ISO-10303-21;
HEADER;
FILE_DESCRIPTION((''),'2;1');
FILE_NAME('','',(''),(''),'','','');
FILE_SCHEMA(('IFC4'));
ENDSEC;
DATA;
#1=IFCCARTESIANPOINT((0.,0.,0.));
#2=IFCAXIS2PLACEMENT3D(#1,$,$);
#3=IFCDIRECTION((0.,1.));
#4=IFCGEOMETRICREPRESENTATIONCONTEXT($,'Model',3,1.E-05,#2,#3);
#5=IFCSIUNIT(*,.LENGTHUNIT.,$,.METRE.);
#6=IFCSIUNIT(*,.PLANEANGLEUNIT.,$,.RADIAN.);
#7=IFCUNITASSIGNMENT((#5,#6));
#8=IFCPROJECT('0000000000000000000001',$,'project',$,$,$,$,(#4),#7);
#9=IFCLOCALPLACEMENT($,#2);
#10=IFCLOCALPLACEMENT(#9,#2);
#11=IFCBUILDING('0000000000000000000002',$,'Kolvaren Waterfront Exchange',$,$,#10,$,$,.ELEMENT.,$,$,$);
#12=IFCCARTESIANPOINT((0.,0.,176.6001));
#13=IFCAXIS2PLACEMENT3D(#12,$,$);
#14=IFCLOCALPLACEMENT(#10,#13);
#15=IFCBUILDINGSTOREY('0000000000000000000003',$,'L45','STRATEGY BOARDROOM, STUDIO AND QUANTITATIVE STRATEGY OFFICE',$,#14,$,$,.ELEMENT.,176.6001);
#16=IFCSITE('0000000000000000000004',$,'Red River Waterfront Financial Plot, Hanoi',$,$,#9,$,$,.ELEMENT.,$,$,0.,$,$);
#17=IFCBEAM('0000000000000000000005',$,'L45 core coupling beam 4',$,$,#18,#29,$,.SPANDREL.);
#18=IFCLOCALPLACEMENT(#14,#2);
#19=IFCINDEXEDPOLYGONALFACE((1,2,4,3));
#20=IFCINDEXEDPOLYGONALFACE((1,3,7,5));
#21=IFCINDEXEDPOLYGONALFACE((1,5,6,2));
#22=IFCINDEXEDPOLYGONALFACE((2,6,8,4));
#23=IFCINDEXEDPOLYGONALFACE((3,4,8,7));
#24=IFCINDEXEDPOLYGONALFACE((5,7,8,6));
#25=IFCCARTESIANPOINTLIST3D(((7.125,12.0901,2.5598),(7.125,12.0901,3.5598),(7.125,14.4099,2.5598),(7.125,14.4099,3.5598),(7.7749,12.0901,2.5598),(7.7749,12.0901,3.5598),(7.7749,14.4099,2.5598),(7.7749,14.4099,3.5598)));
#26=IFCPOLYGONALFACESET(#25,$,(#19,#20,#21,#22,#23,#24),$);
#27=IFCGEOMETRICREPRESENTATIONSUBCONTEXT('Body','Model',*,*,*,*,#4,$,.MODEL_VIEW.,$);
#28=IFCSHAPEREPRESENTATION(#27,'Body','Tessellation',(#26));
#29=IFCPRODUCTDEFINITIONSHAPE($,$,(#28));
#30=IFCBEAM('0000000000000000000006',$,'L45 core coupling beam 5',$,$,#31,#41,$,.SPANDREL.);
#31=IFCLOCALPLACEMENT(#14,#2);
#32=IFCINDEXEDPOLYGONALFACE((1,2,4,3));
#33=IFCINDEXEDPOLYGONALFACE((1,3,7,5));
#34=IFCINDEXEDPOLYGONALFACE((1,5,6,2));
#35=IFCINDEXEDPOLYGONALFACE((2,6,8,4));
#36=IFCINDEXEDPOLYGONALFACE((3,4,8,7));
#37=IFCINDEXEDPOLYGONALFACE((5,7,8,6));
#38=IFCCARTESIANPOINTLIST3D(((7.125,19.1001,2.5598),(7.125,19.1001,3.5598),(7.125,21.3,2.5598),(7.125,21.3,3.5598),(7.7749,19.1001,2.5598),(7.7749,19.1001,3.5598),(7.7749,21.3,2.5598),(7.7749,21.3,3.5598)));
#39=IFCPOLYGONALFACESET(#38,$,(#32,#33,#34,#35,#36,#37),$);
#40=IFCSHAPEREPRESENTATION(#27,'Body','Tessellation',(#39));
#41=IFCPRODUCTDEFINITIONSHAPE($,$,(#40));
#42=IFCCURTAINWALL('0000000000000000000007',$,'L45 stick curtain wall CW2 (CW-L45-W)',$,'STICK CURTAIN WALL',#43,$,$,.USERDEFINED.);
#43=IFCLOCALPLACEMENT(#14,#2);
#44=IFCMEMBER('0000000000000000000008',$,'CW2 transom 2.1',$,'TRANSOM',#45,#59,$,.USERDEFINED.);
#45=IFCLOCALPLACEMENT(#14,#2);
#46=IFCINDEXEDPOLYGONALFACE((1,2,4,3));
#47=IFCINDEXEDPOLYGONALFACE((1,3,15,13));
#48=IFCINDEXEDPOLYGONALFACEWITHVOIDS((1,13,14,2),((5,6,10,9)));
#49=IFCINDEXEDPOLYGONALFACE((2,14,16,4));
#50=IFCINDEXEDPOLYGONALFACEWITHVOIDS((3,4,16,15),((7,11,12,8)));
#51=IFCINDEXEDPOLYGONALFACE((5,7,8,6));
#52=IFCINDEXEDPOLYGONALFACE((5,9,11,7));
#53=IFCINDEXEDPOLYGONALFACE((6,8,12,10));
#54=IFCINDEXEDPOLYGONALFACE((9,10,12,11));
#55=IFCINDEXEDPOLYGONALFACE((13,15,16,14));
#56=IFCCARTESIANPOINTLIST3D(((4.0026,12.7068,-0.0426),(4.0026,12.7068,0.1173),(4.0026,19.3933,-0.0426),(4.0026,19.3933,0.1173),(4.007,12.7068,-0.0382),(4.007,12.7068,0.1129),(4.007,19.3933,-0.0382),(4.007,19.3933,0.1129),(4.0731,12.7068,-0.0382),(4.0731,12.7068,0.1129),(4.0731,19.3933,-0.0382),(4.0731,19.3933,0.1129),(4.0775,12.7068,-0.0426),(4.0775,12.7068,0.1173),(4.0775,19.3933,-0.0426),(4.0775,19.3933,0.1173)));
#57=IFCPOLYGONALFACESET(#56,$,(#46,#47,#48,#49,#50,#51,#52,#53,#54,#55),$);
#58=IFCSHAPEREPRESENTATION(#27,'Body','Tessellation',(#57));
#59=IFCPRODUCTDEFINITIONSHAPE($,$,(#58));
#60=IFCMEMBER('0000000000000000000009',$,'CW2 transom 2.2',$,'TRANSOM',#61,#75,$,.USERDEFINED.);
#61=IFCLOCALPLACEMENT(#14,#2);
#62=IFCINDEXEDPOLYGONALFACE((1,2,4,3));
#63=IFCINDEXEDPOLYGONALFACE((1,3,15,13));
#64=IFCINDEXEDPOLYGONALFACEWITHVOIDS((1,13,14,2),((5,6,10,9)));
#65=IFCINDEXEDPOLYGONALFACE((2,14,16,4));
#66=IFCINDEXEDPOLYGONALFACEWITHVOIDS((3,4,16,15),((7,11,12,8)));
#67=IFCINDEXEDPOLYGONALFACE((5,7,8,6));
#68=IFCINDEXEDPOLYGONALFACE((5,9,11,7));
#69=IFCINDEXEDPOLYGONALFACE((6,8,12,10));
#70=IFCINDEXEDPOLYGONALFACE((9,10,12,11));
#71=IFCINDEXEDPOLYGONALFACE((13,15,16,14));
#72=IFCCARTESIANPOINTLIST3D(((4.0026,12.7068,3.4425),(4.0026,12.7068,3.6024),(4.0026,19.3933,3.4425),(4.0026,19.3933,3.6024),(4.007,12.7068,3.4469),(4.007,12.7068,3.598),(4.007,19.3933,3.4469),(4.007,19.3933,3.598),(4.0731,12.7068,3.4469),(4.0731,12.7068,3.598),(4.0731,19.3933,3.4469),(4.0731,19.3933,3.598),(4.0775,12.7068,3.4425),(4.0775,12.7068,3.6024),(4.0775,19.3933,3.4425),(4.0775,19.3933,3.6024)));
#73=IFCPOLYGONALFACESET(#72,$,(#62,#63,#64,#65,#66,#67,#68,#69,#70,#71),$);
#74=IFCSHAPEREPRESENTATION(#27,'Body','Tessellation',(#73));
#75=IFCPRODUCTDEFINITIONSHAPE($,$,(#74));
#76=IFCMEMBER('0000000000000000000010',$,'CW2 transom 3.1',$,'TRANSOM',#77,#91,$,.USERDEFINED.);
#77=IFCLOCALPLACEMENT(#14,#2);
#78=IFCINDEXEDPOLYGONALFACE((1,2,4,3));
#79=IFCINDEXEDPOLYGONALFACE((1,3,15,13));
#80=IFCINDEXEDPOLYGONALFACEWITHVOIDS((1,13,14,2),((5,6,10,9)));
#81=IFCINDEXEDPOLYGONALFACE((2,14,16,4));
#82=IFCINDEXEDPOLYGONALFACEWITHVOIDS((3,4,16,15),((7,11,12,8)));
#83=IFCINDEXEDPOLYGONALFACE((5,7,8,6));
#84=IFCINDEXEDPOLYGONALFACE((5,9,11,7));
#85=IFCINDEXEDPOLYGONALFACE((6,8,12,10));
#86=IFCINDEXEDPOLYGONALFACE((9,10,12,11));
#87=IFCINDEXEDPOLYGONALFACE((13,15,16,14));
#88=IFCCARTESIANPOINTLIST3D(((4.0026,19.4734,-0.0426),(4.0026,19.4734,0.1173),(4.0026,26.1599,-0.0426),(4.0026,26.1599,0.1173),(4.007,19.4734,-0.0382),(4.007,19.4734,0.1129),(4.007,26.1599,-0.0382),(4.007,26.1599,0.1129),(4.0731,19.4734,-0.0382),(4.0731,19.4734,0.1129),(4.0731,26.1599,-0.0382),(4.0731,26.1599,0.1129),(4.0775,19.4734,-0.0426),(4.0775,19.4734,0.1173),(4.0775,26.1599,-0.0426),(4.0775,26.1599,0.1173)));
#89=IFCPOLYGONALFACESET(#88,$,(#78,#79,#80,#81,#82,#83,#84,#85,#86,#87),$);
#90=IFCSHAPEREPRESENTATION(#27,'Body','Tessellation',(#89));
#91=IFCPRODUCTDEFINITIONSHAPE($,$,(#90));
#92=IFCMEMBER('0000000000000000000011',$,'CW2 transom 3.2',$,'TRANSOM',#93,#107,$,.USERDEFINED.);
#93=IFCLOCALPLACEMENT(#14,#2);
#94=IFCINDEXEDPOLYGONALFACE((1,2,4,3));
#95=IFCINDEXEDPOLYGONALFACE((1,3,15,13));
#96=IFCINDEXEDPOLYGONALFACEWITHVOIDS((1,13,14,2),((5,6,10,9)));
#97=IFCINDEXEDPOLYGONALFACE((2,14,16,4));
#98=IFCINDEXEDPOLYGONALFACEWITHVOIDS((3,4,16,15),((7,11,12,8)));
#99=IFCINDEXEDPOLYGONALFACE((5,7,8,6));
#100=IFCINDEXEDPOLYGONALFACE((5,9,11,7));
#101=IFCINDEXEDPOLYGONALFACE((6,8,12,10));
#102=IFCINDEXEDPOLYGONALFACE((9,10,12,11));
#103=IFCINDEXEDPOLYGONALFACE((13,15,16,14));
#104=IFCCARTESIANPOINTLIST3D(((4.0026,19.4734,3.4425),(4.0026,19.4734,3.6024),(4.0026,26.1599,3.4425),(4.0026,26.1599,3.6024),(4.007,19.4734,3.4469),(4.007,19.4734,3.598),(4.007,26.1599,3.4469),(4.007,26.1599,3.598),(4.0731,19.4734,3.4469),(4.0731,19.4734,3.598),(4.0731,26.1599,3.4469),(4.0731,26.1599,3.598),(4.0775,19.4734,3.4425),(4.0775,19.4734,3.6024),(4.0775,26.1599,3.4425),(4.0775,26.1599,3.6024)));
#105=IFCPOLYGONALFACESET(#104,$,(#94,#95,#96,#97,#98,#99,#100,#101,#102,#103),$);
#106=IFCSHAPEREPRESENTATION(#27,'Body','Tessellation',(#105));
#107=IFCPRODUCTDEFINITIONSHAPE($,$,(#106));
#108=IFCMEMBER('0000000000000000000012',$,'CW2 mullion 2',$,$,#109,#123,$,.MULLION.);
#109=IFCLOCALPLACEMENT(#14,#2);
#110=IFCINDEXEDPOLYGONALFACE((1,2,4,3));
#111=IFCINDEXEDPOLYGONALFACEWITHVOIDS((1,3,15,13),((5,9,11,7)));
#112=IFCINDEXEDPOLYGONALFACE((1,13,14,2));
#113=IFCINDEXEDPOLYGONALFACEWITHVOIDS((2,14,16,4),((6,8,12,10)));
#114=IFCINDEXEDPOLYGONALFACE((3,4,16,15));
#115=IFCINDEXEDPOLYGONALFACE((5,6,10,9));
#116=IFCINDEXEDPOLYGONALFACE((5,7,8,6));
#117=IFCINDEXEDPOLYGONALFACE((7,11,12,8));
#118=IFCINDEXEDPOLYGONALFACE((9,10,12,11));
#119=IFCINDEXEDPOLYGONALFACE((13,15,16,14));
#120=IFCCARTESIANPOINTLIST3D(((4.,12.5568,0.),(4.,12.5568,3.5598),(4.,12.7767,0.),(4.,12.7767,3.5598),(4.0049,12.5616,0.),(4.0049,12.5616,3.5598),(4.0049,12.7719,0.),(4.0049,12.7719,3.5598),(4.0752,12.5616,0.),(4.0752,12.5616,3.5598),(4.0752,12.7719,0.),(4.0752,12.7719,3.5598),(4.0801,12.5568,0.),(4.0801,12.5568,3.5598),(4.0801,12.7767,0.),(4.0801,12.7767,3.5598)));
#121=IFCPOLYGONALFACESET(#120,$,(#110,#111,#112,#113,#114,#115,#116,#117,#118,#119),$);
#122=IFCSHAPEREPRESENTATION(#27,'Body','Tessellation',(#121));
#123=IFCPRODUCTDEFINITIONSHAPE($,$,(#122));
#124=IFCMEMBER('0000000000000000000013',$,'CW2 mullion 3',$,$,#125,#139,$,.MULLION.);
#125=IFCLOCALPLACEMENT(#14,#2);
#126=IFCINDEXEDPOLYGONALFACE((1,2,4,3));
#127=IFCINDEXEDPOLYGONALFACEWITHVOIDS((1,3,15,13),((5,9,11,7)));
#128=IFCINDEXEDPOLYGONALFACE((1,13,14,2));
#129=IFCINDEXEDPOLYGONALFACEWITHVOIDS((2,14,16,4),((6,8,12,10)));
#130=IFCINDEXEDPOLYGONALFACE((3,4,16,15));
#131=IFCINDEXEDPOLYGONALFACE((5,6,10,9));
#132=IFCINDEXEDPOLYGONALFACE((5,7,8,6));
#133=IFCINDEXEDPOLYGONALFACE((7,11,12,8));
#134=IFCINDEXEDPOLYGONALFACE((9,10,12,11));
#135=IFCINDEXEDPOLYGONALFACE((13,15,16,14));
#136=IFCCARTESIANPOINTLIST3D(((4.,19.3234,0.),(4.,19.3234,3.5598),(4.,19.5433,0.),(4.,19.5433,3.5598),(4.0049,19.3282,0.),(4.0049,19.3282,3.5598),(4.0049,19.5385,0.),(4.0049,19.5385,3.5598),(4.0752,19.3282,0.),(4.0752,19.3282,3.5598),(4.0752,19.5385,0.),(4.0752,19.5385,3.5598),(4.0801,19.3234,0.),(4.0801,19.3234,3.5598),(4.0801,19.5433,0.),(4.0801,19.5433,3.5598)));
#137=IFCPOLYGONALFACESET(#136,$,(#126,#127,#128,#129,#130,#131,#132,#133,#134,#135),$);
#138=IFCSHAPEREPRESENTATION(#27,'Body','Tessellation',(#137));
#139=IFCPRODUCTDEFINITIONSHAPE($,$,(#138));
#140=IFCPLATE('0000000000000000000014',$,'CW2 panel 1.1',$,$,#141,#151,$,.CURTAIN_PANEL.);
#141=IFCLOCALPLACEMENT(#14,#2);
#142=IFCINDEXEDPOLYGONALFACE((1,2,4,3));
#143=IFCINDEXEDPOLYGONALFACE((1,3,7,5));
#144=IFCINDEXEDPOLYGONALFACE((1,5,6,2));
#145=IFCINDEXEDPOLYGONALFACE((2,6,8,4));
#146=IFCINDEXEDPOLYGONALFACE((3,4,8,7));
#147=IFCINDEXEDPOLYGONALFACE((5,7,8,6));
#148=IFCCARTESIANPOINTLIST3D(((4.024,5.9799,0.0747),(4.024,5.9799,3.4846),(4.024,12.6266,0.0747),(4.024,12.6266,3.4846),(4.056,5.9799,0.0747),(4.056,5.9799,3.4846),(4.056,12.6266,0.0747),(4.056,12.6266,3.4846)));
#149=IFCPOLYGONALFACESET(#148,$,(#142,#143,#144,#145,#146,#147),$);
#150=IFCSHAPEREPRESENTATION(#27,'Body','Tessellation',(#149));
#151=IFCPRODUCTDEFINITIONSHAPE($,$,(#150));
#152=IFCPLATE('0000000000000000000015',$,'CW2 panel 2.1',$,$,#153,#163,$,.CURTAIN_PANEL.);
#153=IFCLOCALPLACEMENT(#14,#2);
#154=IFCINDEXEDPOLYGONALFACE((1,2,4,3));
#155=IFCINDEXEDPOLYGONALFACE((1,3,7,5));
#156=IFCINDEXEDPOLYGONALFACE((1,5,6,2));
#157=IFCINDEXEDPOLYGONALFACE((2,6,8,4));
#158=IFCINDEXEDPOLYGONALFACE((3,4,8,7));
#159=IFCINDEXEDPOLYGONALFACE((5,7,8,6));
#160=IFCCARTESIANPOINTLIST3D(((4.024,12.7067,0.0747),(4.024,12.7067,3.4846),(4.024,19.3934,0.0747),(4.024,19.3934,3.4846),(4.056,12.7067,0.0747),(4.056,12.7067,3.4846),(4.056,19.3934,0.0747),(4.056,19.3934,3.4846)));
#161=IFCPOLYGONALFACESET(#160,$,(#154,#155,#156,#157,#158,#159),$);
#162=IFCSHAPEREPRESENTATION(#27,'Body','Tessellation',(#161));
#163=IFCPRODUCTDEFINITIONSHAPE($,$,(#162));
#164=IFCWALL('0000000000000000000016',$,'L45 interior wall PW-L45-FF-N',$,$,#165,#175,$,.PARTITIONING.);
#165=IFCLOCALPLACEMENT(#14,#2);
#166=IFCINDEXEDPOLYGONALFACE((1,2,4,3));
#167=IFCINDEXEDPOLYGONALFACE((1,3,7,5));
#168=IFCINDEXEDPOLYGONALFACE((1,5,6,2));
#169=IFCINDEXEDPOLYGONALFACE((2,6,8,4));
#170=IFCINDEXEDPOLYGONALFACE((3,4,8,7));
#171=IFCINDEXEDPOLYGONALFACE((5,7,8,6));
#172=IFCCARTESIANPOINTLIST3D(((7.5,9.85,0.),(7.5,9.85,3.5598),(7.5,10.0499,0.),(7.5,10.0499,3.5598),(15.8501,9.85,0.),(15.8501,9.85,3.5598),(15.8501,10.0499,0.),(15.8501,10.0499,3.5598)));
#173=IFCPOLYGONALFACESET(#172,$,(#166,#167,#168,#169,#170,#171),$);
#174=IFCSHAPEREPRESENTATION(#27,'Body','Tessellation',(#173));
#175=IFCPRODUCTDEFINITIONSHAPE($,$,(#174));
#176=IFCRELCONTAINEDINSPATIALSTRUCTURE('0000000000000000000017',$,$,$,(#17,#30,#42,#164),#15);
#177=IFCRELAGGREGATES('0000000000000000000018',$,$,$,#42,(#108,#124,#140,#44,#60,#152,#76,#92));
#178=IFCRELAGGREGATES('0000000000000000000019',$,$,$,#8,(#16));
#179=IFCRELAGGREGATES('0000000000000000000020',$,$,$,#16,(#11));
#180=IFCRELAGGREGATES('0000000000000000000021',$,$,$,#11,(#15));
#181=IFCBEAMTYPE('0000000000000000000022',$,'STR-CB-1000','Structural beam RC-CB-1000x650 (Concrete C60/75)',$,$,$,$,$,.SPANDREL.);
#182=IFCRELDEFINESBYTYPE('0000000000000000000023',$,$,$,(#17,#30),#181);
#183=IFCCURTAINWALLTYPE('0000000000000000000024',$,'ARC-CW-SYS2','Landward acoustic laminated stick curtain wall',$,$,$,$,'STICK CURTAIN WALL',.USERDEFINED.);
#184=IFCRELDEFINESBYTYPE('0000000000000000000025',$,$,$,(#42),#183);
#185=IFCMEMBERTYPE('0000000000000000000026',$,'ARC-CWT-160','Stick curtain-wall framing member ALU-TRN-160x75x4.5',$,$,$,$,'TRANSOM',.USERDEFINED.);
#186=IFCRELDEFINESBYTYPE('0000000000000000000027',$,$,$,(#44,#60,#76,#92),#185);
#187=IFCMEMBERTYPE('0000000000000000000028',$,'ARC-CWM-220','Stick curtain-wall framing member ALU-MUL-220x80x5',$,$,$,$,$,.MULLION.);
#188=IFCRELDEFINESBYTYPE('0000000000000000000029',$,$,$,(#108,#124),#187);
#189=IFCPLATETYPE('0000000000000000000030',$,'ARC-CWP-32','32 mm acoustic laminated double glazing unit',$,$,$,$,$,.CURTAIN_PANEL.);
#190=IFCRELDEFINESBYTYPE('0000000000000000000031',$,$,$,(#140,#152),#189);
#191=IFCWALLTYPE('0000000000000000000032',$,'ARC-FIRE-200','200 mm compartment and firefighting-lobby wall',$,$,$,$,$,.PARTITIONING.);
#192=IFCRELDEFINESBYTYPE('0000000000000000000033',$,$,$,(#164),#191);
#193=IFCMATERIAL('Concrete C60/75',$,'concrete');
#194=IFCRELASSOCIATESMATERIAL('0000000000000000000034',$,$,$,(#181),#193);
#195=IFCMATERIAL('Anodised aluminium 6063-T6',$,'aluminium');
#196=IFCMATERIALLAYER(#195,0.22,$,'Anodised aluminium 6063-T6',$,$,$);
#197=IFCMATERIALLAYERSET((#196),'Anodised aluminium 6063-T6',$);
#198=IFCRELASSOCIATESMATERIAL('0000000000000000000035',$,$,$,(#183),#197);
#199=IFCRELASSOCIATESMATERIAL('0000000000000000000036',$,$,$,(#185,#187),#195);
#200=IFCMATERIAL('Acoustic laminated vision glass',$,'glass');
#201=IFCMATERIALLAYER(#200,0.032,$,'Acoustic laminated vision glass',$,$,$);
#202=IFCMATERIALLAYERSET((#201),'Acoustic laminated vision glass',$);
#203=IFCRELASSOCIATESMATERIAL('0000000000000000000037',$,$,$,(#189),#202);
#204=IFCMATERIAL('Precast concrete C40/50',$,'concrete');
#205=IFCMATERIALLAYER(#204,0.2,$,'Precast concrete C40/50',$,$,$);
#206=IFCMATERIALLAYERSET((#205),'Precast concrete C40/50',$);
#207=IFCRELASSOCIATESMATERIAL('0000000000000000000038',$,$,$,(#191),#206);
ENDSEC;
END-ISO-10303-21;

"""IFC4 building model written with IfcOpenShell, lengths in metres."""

from ifc_helpers import new_model, si_unit, direction, frame, frame_2d, origin, origin_with_axes, origin_2d, place, context, subcontext, project, spatial, rectangle, hollow_rectangle, extrude, source, transform, mapped, material, layer, layer_set, material_profile, profile_set, type_object, element, aggregate, save


model = new_model("IFC4")

# Units and contexts
model_context = context("Model", 3, precision=1e-05, world=origin(), true_north=direction((0.0, 1.0)))
body_context = subcontext(model_context, "Body", "Model", "MODEL_VIEW")
ifc_project = project(units=[si_unit("LENGTHUNIT", "METRE"), si_unit("PLANEANGLEUNIT", "RADIAN")], contexts=[model_context])

# Site, building, storey
site_placement = place(None, origin())
site = spatial("IfcSite", under=ifc_project, at=site_placement, Name="Red River Waterfront Financial Plot, Hanoi", CompositionType="ELEMENT", RefElevation=0.0)
building_placement = place(site_placement, origin())
building = spatial("IfcBuilding", under=site, at=building_placement, Name="Kolvaren Waterfront Exchange", CompositionType="ELEMENT")
storey_placement = place(building_placement, frame((0.0, 0.0, 176.6001)))
storey = spatial("IfcBuildingStorey", under=building, at=storey_placement, Name="L45", Description="STRATEGY BOARDROOM, STUDIO AND QUANTITATIVE STRATEGY OFFICE", CompositionType="ELEMENT", Elevation=176.6001)

# Beams
ifc_material_1 = material(Name="Concrete C60/75", Category="concrete")
ifc_material_profile_1 = material_profile(ifc_material_1, rectangle(XDim=0.6499, YDim=1.0, at=origin_2d()), Name="RC-CB-1000x650")
ifc_profile_set_1 = profile_set([ifc_material_profile_1], Name="Concrete C60/75")
beam_type = type_object("IfcBeamType", Name="STR-CB-1000", Description="Structural beam RC-CB-1000x650 (Concrete C60/75)", PredefinedType="SPANDREL", material=ifc_profile_set_1)
beam_1_placement = place(storey_placement, frame((7.45, 12.0901, 3.0598), z_axis=(0.0, 1.0, 0.0), x_axis=(-1.0, 0.0, 0.0)))
element("IfcBeam", 1, at=beam_1_placement, inside=storey, type_object=beam_type, Name="L45 core coupling beam 4", PredefinedType="SPANDREL", context=body_context, shape_type="SweptSolid", body=[
    extrude(rectangle(XDim=0.6499, YDim=1.0, at=origin_2d()), origin(), (0.0, 0.0, 1.0), 2.3198),
])
beam_2_placement = place(storey_placement, frame((7.45, 19.1001, 3.0598), z_axis=(0.0, 1.0, 0.0), x_axis=(-1.0, 0.0, 0.0)))
element("IfcBeam", 2, at=beam_2_placement, inside=storey, type_object=beam_type, Name="L45 core coupling beam 5", PredefinedType="SPANDREL", context=body_context, shape_type="SweptSolid", body=[
    extrude(rectangle(XDim=0.6499, YDim=1.0, at=origin_2d()), origin(), (0.0, 0.0, 1.0), 2.2),
])

# Curtain wall, members, plates
ifc_material_2 = material(Name="Anodised aluminium 6063-T6", Category="aluminium")
ifc_layer_1 = layer(ifc_material_2, 0.22, Name="Anodised aluminium 6063-T6")
ifc_layer_set_1 = layer_set([ifc_layer_1], Name="Anodised aluminium 6063-T6")
curtain_wall_type = type_object("IfcCurtainWallType", Name="ARC-CW-SYS2", Description="Landward acoustic laminated stick curtain wall", ElementType="STICK CURTAIN WALL", PredefinedType="USERDEFINED", material=ifc_layer_set_1)
curtain_wall_placement = place(storey_placement, origin())
curtain_wall = element("IfcCurtainWall", 3, at=curtain_wall_placement, inside=storey, type_object=curtain_wall_type, Name="L45 stick curtain wall CW2 (CW-L45-W)", ObjectType="STICK CURTAIN WALL", PredefinedType="USERDEFINED")
ifc_material_profile_2 = material_profile(ifc_material_2, hollow_rectangle(XDim=0.075, YDim=0.1599, WallThickness=0.0044, at=origin_2d()), Name="ALU-TRN-160x75x4.5")
ifc_profile_set_2 = profile_set([ifc_material_profile_2], Name="Anodised aluminium 6063-T6")
member_type_1 = type_object("IfcMemberType", Name="ARC-CWT-160", Description="Stick curtain-wall framing member ALU-TRN-160x75x4.5", ElementType="TRANSOM", PredefinedType="USERDEFINED", material=ifc_profile_set_2)
shared_shape_1 = source(origin_with_axes(), body_context, "Body", "SweptSolid", [
    extrude(hollow_rectangle(XDim=0.075, YDim=0.1599, WallThickness=0.0044, at=origin_2d()), origin(), (0.0, 0.0, 1.0), 6.6865),
])
member_1_placement = place(storey_placement, frame((4.04, 12.7068, 0.0374), z_axis=(0.0, 1.0, 0.0), x_axis=(-1.0, 0.0, 0.0)))
member_1 = element("IfcMember", 4, at=member_1_placement, type_object=member_type_1, Name="CW2 transom 2.1", ObjectType="TRANSOM", PredefinedType="USERDEFINED", context=body_context, shape_type="MappedRepresentation", body=[
    mapped(shared_shape_1, transform((0.0, 0.0, 0.0), x_axis=(1.0, 0.0, 0.0), y_axis=(0.0, 1.0, 0.0), z_axis=(0.0, 0.0, 1.0), scale=1.0)),
])
member_2_placement = place(storey_placement, frame((4.04, 12.7068, 3.5225), z_axis=(0.0, 1.0, 0.0), x_axis=(-1.0, 0.0, 0.0)))
member_2 = element("IfcMember", 5, at=member_2_placement, type_object=member_type_1, Name="CW2 transom 2.2", ObjectType="TRANSOM", PredefinedType="USERDEFINED", context=body_context, shape_type="MappedRepresentation", body=[
    mapped(shared_shape_1, transform((0.0, 0.0, 0.0), x_axis=(1.0, 0.0, 0.0), y_axis=(0.0, 1.0, 0.0), z_axis=(0.0, 0.0, 1.0), scale=1.0)),
])
member_3_placement = place(storey_placement, frame((4.04, 19.4734, 0.0374), z_axis=(0.0, 1.0, 0.0), x_axis=(-1.0, 0.0, 0.0)))
member_3 = element("IfcMember", 6, at=member_3_placement, type_object=member_type_1, Name="CW2 transom 3.1", ObjectType="TRANSOM", PredefinedType="USERDEFINED", context=body_context, shape_type="MappedRepresentation", body=[
    mapped(shared_shape_1, transform((0.0, 0.0, 0.0), x_axis=(1.0, 0.0, 0.0), y_axis=(0.0, 1.0, 0.0), z_axis=(0.0, 0.0, 1.0), scale=1.0)),
])
member_4_placement = place(storey_placement, frame((4.04, 19.4734, 3.5225), z_axis=(0.0, 1.0, 0.0), x_axis=(-1.0, 0.0, 0.0)))
member_4 = element("IfcMember", 7, at=member_4_placement, type_object=member_type_1, Name="CW2 transom 3.2", ObjectType="TRANSOM", PredefinedType="USERDEFINED", context=body_context, shape_type="MappedRepresentation", body=[
    mapped(shared_shape_1, transform((0.0, 0.0, 0.0), x_axis=(1.0, 0.0, 0.0), y_axis=(0.0, 1.0, 0.0), z_axis=(0.0, 0.0, 1.0), scale=1.0)),
])
ifc_material_profile_3 = material_profile(ifc_material_2, hollow_rectangle(XDim=0.0801, YDim=0.22, WallThickness=0.0049, at=origin_2d()), Name="ALU-MUL-220x80x5")
ifc_profile_set_3 = profile_set([ifc_material_profile_3], Name="Anodised aluminium 6063-T6")
member_type_2 = type_object("IfcMemberType", Name="ARC-CWM-220", Description="Stick curtain-wall framing member ALU-MUL-220x80x5", PredefinedType="MULLION", material=ifc_profile_set_3)
shared_shape_2 = source(origin_with_axes(), body_context, "Body", "SweptSolid", [
    extrude(hollow_rectangle(XDim=0.0801, YDim=0.22, WallThickness=0.0049, at=origin_2d()), origin(), (0.0, 0.0, 1.0), 3.5598),
])
member_5_placement = place(storey_placement, frame((4.04, 12.6667, 0.0), z_axis=(0.0, 0.0, 1.0), x_axis=(-1.0, 0.0, 0.0)))
member_5 = element("IfcMember", 8, at=member_5_placement, type_object=member_type_2, Name="CW2 mullion 2", PredefinedType="MULLION", context=body_context, shape_type="MappedRepresentation", body=[
    mapped(shared_shape_2, transform((0.0, 0.0, 0.0), x_axis=(1.0, 0.0, 0.0), y_axis=(0.0, 1.0, 0.0), z_axis=(0.0, 0.0, 1.0), scale=1.0)),
])
member_6_placement = place(storey_placement, frame((4.04, 19.4333, 0.0), z_axis=(0.0, 0.0, 1.0), x_axis=(-1.0, 0.0, 0.0)))
member_6 = element("IfcMember", 9, at=member_6_placement, type_object=member_type_2, Name="CW2 mullion 3", PredefinedType="MULLION", context=body_context, shape_type="MappedRepresentation", body=[
    mapped(shared_shape_2, transform((0.0, 0.0, 0.0), x_axis=(1.0, 0.0, 0.0), y_axis=(0.0, 1.0, 0.0), z_axis=(0.0, 0.0, 1.0), scale=1.0)),
])
ifc_material_3 = material(Name="Acoustic laminated vision glass", Category="glass")
ifc_layer_2 = layer(ifc_material_3, 0.032, Name="Acoustic laminated vision glass")
ifc_layer_set_2 = layer_set([ifc_layer_2], Name="Acoustic laminated vision glass")
plate_type = type_object("IfcPlateType", Name="ARC-CWP-32", Description="32 mm acoustic laminated double glazing unit", PredefinedType="CURTAIN_PANEL", material=ifc_layer_set_2)
shared_shape_3 = source(origin_with_axes(), body_context, "Body", "SweptSolid", [
    extrude(rectangle(XDim=6.6467, YDim=0.032, at=origin_2d()), origin(), (0.0, 0.0, 1.0), 3.4099),
])
plate_1_placement = place(storey_placement, frame((4.04, 9.3032, 0.0747), z_axis=(0.0, 0.0, 1.0), x_axis=(0.0, 1.0, 0.0)))
plate_1 = element("IfcPlate", 10, at=plate_1_placement, type_object=plate_type, Name="CW2 panel 1.1", PredefinedType="CURTAIN_PANEL", context=body_context, shape_type="MappedRepresentation", body=[
    mapped(shared_shape_3, transform((0.0, 0.0, 0.0), x_axis=(1.0, 0.0, 0.0), y_axis=(0.0, 1.0, 0.0), z_axis=(0.0, 0.0, 1.0), scale=1.0)),
])
shared_shape_4 = source(origin_with_axes(), body_context, "Body", "SweptSolid", [
    extrude(rectangle(XDim=6.6868, YDim=0.032, at=origin_2d()), origin(), (0.0, 0.0, 1.0), 3.4099),
])
plate_2_placement = place(storey_placement, frame((4.04, 16.05, 0.0747), z_axis=(0.0, 0.0, 1.0), x_axis=(0.0, 1.0, 0.0)))
plate_2 = element("IfcPlate", 11, at=plate_2_placement, type_object=plate_type, Name="CW2 panel 2.1", PredefinedType="CURTAIN_PANEL", context=body_context, shape_type="MappedRepresentation", body=[
    mapped(shared_shape_4, transform((0.0, 0.0, 0.0), x_axis=(1.0, 0.0, 0.0), y_axis=(0.0, 1.0, 0.0), z_axis=(0.0, 0.0, 1.0), scale=1.0)),
])
aggregate(curtain_wall, [member_5, member_6, plate_1, member_1, member_2, plate_2, member_3, member_4])

# Wall
ifc_material_4 = material(Name="Precast concrete C40/50", Category="concrete")
ifc_layer_3 = layer(ifc_material_4, 0.2, Name="Precast concrete C40/50")
ifc_layer_set_3 = layer_set([ifc_layer_3], Name="Precast concrete C40/50")
wall_type_1 = type_object("IfcWallType", Name="ARC-FIRE-200", Description="200 mm compartment and firefighting-lobby wall", PredefinedType="PARTITIONING", material=ifc_layer_set_3)
wall_1_placement = place(storey_placement, frame((7.5, 9.95, 0.0), z_axis=(0.0, 0.0, 1.0), x_axis=(1.0, 0.0, 0.0)))
element("IfcWall", 12, at=wall_1_placement, inside=storey, type_object=wall_type_1, Name="L45 interior wall PW-L45-FF-N", PredefinedType="PARTITIONING", context=body_context, shape_type="SweptSolid", body=[
    extrude(rectangle(XDim=8.3501, YDim=0.2, at=frame_2d((4.175, 0.0))), origin(), (0.0, 0.0, 1.0), 3.5598),
])

save(model, "model.ifc")
